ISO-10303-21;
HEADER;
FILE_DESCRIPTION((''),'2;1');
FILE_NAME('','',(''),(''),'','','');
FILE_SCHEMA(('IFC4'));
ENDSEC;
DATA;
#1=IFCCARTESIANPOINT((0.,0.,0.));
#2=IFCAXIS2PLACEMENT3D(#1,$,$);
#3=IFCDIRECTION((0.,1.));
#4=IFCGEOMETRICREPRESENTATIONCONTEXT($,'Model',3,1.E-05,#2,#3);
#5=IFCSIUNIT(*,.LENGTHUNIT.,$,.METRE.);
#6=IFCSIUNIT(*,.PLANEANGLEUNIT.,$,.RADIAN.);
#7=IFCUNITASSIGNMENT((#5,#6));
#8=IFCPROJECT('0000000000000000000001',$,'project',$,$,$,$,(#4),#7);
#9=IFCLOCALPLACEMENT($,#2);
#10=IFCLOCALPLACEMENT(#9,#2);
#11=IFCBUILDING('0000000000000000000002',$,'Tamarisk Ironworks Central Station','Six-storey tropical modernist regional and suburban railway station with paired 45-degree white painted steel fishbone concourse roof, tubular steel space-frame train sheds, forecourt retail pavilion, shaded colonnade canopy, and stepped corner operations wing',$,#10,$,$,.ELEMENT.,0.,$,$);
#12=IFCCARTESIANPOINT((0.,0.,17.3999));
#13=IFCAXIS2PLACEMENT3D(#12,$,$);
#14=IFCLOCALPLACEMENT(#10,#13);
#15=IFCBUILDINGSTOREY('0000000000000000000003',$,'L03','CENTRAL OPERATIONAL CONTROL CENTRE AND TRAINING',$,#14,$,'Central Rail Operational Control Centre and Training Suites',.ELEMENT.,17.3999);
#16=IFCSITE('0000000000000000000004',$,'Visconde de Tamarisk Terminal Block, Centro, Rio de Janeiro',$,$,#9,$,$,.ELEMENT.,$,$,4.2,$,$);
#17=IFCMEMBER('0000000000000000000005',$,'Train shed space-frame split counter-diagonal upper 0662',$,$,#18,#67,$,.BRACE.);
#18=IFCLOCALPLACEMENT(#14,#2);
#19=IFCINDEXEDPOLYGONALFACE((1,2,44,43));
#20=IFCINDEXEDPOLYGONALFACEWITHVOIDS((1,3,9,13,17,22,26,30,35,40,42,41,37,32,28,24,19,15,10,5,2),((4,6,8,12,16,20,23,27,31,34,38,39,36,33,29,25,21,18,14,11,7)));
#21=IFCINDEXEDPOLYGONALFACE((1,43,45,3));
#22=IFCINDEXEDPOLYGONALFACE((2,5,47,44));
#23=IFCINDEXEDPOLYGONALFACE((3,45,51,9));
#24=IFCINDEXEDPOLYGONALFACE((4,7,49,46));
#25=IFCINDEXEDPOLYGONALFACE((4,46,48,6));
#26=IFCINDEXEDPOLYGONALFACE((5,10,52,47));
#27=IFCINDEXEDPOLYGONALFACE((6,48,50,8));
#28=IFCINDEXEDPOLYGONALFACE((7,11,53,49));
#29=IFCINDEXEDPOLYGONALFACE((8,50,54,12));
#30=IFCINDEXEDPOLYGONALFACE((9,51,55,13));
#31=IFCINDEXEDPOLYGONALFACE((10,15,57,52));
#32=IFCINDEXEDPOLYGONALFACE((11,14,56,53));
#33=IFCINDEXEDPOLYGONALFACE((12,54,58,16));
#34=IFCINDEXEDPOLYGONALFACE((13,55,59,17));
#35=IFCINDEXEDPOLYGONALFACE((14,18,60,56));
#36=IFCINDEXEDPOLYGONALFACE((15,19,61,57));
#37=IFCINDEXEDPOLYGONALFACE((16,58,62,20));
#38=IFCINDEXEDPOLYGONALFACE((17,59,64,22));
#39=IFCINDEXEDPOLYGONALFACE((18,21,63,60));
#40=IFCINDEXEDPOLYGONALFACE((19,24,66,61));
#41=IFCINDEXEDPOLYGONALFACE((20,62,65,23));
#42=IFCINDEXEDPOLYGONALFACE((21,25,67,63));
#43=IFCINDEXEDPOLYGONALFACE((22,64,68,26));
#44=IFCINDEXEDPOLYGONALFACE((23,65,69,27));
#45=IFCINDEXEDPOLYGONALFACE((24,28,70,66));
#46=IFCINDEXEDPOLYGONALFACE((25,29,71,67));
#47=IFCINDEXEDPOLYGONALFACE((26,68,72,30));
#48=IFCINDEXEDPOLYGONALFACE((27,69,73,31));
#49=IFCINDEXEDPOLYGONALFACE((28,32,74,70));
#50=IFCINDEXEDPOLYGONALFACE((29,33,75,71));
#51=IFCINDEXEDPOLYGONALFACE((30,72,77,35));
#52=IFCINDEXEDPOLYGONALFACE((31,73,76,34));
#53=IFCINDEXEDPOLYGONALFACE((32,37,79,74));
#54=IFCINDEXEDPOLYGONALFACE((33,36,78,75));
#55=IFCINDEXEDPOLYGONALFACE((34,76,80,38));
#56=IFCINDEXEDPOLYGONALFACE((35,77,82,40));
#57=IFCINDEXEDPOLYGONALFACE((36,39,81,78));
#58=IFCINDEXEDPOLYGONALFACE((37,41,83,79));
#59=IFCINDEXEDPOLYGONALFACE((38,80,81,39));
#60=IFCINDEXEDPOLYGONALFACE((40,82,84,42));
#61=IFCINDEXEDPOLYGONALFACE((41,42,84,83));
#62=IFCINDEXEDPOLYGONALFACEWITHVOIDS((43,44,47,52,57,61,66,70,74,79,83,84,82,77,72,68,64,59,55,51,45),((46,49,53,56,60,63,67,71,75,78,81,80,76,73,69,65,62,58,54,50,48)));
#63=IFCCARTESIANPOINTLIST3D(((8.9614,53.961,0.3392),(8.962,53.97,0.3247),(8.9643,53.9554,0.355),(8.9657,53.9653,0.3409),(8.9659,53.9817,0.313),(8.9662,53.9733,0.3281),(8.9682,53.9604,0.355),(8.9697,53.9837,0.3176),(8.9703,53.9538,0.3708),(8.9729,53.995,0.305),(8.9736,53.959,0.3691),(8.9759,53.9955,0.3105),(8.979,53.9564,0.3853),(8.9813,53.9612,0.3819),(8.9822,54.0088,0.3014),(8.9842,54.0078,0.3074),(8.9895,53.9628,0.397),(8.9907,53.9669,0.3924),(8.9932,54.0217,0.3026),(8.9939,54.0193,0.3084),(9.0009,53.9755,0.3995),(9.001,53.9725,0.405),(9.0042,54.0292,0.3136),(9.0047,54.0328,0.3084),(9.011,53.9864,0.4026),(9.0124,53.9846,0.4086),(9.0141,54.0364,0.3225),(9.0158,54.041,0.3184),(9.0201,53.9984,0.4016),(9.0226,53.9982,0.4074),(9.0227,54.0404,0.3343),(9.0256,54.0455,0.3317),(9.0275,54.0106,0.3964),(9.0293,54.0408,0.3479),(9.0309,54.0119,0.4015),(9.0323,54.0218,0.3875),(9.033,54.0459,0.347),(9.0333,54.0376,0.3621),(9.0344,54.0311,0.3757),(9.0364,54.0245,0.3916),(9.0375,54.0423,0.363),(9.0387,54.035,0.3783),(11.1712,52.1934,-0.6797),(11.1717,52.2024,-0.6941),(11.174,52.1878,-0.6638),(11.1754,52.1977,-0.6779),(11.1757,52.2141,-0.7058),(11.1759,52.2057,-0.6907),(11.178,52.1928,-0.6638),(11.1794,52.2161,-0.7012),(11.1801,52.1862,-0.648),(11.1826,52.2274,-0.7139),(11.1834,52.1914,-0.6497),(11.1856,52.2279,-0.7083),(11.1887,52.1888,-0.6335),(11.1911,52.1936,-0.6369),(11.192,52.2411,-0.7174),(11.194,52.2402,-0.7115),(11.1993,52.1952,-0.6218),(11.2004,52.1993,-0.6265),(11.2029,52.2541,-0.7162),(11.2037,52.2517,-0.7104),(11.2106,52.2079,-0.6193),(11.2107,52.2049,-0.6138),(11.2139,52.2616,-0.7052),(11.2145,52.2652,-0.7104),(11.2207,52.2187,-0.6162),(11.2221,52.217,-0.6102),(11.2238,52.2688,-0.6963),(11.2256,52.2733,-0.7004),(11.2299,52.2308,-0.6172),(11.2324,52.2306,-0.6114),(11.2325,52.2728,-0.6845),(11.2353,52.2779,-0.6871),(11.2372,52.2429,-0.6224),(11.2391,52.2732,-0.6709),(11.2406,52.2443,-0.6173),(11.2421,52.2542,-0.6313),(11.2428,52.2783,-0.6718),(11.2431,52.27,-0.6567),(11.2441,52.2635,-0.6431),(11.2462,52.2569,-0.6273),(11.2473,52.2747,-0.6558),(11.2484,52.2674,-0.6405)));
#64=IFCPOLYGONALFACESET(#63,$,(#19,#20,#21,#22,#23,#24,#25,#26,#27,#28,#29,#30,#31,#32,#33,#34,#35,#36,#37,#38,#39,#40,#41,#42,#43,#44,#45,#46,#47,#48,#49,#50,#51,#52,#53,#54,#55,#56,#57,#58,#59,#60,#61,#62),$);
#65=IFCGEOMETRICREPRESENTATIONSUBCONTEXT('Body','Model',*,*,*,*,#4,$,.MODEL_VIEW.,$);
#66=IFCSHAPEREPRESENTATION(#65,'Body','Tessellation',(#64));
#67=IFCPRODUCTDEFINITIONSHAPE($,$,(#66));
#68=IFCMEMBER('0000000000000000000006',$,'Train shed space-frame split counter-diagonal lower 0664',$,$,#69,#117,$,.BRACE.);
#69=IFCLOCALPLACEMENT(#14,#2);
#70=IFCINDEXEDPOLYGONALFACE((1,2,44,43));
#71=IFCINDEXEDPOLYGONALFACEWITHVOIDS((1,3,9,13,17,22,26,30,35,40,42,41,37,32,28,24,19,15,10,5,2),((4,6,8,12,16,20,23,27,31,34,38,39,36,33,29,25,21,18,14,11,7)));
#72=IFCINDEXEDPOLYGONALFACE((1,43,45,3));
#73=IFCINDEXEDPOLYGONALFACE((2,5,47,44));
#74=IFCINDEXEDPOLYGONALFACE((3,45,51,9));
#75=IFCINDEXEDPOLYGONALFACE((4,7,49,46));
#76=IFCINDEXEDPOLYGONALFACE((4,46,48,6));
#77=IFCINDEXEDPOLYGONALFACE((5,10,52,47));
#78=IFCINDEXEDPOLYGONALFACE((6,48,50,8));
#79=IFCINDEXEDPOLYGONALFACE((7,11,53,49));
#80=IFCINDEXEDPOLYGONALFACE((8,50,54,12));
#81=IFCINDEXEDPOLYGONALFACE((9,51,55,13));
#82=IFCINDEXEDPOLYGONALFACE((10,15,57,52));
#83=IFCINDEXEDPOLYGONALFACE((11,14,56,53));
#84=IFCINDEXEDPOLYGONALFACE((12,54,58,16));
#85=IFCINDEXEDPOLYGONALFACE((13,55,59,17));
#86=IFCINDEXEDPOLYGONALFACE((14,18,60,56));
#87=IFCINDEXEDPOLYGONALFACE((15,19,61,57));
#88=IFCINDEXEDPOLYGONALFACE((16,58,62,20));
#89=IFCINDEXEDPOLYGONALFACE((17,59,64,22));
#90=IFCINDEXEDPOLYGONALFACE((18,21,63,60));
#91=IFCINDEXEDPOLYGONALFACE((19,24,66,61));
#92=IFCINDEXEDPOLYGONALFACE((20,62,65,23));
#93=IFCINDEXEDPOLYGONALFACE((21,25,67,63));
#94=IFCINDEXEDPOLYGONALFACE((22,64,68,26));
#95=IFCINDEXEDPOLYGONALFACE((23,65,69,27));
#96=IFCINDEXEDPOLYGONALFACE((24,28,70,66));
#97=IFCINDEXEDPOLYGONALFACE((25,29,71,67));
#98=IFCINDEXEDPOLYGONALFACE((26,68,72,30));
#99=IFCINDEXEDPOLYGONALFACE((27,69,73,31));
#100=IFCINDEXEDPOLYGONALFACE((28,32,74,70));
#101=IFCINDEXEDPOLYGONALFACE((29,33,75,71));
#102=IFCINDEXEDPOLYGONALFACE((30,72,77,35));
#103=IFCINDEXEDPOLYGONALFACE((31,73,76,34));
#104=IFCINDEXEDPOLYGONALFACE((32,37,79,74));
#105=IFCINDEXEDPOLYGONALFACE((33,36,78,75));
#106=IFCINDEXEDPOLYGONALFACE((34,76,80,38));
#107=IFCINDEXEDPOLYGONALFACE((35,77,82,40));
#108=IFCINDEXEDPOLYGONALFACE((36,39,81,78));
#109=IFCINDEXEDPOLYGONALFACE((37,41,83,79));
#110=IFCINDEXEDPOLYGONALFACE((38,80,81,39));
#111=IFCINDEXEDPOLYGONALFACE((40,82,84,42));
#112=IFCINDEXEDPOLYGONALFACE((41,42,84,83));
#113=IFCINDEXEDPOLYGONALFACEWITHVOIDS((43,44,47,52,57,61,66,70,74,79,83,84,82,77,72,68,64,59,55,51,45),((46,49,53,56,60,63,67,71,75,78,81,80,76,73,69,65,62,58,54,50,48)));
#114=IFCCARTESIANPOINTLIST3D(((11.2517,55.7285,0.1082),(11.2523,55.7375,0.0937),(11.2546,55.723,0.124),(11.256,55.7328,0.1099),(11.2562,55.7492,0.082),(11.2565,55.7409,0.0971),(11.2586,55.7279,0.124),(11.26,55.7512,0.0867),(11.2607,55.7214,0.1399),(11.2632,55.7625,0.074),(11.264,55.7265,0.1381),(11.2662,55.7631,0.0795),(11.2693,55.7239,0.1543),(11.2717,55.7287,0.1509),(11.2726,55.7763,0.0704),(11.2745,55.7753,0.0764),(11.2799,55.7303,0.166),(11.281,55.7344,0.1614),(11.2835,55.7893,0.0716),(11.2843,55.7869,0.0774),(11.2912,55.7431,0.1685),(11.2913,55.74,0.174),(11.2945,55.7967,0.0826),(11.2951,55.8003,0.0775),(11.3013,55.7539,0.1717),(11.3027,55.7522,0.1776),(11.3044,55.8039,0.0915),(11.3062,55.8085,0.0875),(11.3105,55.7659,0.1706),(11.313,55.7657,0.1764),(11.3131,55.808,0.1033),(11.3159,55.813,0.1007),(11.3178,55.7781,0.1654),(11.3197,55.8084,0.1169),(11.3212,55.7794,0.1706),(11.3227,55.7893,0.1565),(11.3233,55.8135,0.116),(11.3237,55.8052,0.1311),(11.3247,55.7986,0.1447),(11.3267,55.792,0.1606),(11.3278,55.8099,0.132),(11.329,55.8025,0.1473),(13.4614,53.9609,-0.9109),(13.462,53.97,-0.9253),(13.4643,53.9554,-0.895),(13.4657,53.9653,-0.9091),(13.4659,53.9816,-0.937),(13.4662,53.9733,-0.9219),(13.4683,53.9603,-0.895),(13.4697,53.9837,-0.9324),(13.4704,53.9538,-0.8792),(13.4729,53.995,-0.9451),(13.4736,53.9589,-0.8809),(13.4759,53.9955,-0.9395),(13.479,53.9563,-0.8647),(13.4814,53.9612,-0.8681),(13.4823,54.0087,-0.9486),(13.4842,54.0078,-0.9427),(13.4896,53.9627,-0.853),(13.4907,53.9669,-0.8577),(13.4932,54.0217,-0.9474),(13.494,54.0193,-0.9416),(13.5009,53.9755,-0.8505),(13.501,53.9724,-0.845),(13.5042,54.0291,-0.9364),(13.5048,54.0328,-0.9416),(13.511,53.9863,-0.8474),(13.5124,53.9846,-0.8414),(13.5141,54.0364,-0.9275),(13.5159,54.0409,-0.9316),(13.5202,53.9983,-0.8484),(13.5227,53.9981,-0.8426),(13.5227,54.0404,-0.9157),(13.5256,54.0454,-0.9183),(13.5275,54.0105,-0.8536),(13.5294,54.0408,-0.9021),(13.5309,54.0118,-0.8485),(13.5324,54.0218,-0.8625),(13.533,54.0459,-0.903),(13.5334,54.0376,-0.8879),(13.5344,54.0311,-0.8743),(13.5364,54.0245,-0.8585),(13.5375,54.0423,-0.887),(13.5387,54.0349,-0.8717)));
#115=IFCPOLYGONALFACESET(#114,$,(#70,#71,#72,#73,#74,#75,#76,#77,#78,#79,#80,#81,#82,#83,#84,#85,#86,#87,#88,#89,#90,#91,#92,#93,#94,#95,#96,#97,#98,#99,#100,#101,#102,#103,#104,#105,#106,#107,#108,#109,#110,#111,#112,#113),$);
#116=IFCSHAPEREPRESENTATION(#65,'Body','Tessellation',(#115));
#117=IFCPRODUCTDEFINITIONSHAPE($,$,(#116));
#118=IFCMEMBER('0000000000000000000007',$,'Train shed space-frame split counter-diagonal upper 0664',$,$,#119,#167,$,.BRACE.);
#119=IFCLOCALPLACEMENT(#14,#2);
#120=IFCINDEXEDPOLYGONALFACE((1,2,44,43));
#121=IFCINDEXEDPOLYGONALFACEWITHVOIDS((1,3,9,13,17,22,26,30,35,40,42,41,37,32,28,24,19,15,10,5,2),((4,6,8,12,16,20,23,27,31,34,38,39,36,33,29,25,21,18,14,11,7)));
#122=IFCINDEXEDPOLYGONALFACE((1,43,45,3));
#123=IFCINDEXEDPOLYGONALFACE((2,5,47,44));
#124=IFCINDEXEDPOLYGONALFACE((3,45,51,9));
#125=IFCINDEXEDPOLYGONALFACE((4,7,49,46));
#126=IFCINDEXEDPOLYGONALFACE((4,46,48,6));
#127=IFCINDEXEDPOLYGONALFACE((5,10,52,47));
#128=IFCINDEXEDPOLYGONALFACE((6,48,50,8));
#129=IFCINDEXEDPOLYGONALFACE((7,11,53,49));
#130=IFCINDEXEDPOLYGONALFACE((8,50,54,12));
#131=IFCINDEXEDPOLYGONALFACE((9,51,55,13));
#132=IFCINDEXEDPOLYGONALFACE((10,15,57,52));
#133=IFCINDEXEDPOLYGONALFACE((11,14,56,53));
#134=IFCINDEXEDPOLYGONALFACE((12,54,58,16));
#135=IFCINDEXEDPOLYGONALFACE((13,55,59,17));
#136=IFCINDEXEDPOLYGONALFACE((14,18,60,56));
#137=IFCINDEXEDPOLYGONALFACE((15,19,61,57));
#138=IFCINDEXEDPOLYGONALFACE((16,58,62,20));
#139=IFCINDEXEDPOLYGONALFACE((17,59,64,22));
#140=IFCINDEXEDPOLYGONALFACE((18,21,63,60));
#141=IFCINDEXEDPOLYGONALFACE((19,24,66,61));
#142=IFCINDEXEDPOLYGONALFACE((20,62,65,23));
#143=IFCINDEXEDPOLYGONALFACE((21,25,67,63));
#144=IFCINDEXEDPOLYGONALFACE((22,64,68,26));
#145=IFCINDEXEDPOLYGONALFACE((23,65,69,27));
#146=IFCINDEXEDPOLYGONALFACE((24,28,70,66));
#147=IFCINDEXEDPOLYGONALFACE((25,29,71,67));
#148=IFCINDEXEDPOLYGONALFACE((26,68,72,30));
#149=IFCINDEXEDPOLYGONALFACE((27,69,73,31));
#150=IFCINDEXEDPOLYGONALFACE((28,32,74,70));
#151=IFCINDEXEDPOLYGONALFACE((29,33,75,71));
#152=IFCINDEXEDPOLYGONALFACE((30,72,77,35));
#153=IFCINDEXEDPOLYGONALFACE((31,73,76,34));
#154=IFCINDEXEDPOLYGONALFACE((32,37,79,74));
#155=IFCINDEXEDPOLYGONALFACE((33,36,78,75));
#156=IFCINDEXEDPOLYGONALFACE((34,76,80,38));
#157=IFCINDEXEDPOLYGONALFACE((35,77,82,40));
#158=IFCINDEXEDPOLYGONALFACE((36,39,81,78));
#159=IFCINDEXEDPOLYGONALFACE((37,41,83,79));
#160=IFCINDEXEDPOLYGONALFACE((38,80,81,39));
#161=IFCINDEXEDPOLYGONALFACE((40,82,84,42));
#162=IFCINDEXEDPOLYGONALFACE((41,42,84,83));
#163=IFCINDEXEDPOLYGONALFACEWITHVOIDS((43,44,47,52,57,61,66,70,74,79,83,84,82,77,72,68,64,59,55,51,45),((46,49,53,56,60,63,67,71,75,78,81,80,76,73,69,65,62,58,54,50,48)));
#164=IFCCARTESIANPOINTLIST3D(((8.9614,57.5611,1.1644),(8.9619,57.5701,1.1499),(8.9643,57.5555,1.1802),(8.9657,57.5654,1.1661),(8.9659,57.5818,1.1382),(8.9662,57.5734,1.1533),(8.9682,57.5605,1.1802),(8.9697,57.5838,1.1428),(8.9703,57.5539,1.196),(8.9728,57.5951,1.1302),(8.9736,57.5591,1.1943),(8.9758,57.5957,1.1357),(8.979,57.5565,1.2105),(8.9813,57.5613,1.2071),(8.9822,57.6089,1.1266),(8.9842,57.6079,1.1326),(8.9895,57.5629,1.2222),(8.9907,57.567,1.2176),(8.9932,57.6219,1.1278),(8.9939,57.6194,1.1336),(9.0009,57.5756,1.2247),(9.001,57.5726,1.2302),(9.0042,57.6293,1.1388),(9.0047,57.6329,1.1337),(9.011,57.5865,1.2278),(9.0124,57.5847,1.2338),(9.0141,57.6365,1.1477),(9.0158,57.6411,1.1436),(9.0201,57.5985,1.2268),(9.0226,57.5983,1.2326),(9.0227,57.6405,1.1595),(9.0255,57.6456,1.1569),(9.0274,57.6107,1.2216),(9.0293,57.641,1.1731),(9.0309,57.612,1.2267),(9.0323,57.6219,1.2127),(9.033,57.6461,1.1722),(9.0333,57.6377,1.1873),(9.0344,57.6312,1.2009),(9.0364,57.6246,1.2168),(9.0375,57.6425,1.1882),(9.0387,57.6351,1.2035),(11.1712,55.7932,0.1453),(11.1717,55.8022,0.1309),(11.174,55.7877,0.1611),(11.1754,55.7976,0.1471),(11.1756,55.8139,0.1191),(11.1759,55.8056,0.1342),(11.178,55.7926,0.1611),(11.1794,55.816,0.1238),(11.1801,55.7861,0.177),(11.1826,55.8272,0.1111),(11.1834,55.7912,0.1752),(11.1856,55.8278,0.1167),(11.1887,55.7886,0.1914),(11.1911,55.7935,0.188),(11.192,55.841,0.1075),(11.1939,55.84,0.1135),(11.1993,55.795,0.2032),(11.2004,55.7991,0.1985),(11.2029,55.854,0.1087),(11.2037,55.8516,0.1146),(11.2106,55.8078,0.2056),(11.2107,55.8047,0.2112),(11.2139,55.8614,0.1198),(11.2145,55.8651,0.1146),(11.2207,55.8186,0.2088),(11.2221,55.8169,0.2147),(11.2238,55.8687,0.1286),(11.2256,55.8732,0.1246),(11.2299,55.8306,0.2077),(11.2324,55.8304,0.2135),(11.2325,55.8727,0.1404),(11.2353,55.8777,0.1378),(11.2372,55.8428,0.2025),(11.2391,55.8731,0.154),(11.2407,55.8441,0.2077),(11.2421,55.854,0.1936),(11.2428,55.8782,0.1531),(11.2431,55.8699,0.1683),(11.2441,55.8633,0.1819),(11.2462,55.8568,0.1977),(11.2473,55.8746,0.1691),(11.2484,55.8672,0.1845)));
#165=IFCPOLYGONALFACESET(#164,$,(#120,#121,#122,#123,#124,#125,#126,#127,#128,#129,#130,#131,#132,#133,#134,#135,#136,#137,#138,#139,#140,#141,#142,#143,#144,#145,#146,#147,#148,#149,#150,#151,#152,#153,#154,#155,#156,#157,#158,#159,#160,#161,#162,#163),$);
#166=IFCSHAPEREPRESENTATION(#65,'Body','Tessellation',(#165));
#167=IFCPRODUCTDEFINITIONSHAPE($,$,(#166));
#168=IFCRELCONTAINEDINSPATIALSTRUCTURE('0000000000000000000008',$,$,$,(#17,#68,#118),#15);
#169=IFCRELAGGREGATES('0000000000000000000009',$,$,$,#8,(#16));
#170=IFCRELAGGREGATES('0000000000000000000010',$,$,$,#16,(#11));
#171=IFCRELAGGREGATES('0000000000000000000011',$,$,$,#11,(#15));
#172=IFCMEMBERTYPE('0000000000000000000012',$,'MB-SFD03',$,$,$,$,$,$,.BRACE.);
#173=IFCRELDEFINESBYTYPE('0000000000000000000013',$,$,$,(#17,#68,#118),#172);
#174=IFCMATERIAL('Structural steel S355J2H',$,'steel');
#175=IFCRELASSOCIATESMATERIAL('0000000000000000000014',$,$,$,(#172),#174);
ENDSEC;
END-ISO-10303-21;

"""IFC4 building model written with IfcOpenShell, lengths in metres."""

from ifc_helpers import new_model, si_unit, direction, frame, origin, origin_2d, place, context, subcontext, project, spatial, hollow_circle, extrude, material, material_profile, profile_set, type_object, element, save


model = new_model("IFC4")

# Units and contexts
model_context = context("Model", 3, precision=1e-05, world=origin(), true_north=direction((0.0, 1.0)))
body_context = subcontext(model_context, "Body", "Model", "MODEL_VIEW")
ifc_project = project(units=[si_unit("LENGTHUNIT", "METRE"), si_unit("PLANEANGLEUNIT", "RADIAN")], contexts=[model_context])

# Site, building, storey
site_placement = place(None, origin())
site = spatial("IfcSite", under=ifc_project, at=site_placement, Name="Visconde de Tamarisk Terminal Block, Centro, Rio de Janeiro", CompositionType="ELEMENT", RefElevation=4.2)
building_placement = place(site_placement, origin())
building = spatial("IfcBuilding", under=site, at=building_placement, Name="Tamarisk Ironworks Central Station", Description="Six-storey tropical modernist regional and suburban railway station with paired 45-degree white painted steel fishbone concourse roof, tubular steel space-frame train sheds, forecourt retail pavilion, shaded colonnade canopy, and stepped corner operations wing", CompositionType="ELEMENT", ElevationOfRefHeight=0.0)
storey_placement = place(building_placement, frame((0.0, 0.0, 17.3999)))
storey = spatial("IfcBuildingStorey", under=building, at=storey_placement, Name="L03", Description="CENTRAL OPERATIONAL CONTROL CENTRE AND TRAINING", LongName="Central Rail Operational Control Centre and Training Suites", CompositionType="ELEMENT", Elevation=17.3999)

# Members
ifc_material_1 = material(Name="Structural steel S355J2H", Category="steel")
ifc_material_profile_1 = material_profile(ifc_material_1, hollow_circle(Radius=0.0571, WallThickness=0.0063, at=origin_2d()), Name="CHS 114.3x6.3")
ifc_profile_set_1 = profile_set([ifc_material_profile_1], Name="Structural steel S355J2H")
member_type_1 = type_object("IfcMemberType", Name="MB-SFD03", PredefinedType="BRACE", material=ifc_profile_set_1)
for number, where, z_axis, x_axis, name in (
    (1, (11.2097, 52.2324, -0.6638), (-0.734732, 0.587721, 0.338751), (-0.624653, -0.780902, 0.0), "Train shed space-frame split counter-diagonal upper 0662"),
    (2, (13.5, 54.0, -0.895), (-0.734712, 0.587705, 0.338823), (-0.624653, -0.780902, 0.0), "Train shed space-frame split counter-diagonal lower 0664"),
):
    element("IfcMember", number, at=place(storey_placement, frame(where, z_axis=z_axis, x_axis=x_axis)), inside=storey, type_object=member_type_1, Name=name, PredefinedType="BRACE", context=body_context, shape_type="SweptSolid", body=[
        extrude(hollow_circle(Radius=0.0571, WallThickness=0.0063, at=origin_2d()), origin(), (0.0, 0.0, 1.0), 3.0076),
    ])
member_1_placement = place(storey_placement, frame((11.2097, 55.8323, 0.1611), z_axis=(-0.734677, 0.587758, 0.338807), x_axis=(-0.624706, -0.78086, 0.0)))
element("IfcMember", 3, at=member_1_placement, inside=storey, type_object=member_type_1, Name="Train shed space-frame split counter-diagonal upper 0664", PredefinedType="BRACE", context=body_context, shape_type="SweptSolid", body=[
    extrude(hollow_circle(Radius=0.0571, WallThickness=0.0063, at=origin_2d()), origin(), (0.0, 0.0, 1.0), 3.0078),
])

save(model, "model.ifc")
